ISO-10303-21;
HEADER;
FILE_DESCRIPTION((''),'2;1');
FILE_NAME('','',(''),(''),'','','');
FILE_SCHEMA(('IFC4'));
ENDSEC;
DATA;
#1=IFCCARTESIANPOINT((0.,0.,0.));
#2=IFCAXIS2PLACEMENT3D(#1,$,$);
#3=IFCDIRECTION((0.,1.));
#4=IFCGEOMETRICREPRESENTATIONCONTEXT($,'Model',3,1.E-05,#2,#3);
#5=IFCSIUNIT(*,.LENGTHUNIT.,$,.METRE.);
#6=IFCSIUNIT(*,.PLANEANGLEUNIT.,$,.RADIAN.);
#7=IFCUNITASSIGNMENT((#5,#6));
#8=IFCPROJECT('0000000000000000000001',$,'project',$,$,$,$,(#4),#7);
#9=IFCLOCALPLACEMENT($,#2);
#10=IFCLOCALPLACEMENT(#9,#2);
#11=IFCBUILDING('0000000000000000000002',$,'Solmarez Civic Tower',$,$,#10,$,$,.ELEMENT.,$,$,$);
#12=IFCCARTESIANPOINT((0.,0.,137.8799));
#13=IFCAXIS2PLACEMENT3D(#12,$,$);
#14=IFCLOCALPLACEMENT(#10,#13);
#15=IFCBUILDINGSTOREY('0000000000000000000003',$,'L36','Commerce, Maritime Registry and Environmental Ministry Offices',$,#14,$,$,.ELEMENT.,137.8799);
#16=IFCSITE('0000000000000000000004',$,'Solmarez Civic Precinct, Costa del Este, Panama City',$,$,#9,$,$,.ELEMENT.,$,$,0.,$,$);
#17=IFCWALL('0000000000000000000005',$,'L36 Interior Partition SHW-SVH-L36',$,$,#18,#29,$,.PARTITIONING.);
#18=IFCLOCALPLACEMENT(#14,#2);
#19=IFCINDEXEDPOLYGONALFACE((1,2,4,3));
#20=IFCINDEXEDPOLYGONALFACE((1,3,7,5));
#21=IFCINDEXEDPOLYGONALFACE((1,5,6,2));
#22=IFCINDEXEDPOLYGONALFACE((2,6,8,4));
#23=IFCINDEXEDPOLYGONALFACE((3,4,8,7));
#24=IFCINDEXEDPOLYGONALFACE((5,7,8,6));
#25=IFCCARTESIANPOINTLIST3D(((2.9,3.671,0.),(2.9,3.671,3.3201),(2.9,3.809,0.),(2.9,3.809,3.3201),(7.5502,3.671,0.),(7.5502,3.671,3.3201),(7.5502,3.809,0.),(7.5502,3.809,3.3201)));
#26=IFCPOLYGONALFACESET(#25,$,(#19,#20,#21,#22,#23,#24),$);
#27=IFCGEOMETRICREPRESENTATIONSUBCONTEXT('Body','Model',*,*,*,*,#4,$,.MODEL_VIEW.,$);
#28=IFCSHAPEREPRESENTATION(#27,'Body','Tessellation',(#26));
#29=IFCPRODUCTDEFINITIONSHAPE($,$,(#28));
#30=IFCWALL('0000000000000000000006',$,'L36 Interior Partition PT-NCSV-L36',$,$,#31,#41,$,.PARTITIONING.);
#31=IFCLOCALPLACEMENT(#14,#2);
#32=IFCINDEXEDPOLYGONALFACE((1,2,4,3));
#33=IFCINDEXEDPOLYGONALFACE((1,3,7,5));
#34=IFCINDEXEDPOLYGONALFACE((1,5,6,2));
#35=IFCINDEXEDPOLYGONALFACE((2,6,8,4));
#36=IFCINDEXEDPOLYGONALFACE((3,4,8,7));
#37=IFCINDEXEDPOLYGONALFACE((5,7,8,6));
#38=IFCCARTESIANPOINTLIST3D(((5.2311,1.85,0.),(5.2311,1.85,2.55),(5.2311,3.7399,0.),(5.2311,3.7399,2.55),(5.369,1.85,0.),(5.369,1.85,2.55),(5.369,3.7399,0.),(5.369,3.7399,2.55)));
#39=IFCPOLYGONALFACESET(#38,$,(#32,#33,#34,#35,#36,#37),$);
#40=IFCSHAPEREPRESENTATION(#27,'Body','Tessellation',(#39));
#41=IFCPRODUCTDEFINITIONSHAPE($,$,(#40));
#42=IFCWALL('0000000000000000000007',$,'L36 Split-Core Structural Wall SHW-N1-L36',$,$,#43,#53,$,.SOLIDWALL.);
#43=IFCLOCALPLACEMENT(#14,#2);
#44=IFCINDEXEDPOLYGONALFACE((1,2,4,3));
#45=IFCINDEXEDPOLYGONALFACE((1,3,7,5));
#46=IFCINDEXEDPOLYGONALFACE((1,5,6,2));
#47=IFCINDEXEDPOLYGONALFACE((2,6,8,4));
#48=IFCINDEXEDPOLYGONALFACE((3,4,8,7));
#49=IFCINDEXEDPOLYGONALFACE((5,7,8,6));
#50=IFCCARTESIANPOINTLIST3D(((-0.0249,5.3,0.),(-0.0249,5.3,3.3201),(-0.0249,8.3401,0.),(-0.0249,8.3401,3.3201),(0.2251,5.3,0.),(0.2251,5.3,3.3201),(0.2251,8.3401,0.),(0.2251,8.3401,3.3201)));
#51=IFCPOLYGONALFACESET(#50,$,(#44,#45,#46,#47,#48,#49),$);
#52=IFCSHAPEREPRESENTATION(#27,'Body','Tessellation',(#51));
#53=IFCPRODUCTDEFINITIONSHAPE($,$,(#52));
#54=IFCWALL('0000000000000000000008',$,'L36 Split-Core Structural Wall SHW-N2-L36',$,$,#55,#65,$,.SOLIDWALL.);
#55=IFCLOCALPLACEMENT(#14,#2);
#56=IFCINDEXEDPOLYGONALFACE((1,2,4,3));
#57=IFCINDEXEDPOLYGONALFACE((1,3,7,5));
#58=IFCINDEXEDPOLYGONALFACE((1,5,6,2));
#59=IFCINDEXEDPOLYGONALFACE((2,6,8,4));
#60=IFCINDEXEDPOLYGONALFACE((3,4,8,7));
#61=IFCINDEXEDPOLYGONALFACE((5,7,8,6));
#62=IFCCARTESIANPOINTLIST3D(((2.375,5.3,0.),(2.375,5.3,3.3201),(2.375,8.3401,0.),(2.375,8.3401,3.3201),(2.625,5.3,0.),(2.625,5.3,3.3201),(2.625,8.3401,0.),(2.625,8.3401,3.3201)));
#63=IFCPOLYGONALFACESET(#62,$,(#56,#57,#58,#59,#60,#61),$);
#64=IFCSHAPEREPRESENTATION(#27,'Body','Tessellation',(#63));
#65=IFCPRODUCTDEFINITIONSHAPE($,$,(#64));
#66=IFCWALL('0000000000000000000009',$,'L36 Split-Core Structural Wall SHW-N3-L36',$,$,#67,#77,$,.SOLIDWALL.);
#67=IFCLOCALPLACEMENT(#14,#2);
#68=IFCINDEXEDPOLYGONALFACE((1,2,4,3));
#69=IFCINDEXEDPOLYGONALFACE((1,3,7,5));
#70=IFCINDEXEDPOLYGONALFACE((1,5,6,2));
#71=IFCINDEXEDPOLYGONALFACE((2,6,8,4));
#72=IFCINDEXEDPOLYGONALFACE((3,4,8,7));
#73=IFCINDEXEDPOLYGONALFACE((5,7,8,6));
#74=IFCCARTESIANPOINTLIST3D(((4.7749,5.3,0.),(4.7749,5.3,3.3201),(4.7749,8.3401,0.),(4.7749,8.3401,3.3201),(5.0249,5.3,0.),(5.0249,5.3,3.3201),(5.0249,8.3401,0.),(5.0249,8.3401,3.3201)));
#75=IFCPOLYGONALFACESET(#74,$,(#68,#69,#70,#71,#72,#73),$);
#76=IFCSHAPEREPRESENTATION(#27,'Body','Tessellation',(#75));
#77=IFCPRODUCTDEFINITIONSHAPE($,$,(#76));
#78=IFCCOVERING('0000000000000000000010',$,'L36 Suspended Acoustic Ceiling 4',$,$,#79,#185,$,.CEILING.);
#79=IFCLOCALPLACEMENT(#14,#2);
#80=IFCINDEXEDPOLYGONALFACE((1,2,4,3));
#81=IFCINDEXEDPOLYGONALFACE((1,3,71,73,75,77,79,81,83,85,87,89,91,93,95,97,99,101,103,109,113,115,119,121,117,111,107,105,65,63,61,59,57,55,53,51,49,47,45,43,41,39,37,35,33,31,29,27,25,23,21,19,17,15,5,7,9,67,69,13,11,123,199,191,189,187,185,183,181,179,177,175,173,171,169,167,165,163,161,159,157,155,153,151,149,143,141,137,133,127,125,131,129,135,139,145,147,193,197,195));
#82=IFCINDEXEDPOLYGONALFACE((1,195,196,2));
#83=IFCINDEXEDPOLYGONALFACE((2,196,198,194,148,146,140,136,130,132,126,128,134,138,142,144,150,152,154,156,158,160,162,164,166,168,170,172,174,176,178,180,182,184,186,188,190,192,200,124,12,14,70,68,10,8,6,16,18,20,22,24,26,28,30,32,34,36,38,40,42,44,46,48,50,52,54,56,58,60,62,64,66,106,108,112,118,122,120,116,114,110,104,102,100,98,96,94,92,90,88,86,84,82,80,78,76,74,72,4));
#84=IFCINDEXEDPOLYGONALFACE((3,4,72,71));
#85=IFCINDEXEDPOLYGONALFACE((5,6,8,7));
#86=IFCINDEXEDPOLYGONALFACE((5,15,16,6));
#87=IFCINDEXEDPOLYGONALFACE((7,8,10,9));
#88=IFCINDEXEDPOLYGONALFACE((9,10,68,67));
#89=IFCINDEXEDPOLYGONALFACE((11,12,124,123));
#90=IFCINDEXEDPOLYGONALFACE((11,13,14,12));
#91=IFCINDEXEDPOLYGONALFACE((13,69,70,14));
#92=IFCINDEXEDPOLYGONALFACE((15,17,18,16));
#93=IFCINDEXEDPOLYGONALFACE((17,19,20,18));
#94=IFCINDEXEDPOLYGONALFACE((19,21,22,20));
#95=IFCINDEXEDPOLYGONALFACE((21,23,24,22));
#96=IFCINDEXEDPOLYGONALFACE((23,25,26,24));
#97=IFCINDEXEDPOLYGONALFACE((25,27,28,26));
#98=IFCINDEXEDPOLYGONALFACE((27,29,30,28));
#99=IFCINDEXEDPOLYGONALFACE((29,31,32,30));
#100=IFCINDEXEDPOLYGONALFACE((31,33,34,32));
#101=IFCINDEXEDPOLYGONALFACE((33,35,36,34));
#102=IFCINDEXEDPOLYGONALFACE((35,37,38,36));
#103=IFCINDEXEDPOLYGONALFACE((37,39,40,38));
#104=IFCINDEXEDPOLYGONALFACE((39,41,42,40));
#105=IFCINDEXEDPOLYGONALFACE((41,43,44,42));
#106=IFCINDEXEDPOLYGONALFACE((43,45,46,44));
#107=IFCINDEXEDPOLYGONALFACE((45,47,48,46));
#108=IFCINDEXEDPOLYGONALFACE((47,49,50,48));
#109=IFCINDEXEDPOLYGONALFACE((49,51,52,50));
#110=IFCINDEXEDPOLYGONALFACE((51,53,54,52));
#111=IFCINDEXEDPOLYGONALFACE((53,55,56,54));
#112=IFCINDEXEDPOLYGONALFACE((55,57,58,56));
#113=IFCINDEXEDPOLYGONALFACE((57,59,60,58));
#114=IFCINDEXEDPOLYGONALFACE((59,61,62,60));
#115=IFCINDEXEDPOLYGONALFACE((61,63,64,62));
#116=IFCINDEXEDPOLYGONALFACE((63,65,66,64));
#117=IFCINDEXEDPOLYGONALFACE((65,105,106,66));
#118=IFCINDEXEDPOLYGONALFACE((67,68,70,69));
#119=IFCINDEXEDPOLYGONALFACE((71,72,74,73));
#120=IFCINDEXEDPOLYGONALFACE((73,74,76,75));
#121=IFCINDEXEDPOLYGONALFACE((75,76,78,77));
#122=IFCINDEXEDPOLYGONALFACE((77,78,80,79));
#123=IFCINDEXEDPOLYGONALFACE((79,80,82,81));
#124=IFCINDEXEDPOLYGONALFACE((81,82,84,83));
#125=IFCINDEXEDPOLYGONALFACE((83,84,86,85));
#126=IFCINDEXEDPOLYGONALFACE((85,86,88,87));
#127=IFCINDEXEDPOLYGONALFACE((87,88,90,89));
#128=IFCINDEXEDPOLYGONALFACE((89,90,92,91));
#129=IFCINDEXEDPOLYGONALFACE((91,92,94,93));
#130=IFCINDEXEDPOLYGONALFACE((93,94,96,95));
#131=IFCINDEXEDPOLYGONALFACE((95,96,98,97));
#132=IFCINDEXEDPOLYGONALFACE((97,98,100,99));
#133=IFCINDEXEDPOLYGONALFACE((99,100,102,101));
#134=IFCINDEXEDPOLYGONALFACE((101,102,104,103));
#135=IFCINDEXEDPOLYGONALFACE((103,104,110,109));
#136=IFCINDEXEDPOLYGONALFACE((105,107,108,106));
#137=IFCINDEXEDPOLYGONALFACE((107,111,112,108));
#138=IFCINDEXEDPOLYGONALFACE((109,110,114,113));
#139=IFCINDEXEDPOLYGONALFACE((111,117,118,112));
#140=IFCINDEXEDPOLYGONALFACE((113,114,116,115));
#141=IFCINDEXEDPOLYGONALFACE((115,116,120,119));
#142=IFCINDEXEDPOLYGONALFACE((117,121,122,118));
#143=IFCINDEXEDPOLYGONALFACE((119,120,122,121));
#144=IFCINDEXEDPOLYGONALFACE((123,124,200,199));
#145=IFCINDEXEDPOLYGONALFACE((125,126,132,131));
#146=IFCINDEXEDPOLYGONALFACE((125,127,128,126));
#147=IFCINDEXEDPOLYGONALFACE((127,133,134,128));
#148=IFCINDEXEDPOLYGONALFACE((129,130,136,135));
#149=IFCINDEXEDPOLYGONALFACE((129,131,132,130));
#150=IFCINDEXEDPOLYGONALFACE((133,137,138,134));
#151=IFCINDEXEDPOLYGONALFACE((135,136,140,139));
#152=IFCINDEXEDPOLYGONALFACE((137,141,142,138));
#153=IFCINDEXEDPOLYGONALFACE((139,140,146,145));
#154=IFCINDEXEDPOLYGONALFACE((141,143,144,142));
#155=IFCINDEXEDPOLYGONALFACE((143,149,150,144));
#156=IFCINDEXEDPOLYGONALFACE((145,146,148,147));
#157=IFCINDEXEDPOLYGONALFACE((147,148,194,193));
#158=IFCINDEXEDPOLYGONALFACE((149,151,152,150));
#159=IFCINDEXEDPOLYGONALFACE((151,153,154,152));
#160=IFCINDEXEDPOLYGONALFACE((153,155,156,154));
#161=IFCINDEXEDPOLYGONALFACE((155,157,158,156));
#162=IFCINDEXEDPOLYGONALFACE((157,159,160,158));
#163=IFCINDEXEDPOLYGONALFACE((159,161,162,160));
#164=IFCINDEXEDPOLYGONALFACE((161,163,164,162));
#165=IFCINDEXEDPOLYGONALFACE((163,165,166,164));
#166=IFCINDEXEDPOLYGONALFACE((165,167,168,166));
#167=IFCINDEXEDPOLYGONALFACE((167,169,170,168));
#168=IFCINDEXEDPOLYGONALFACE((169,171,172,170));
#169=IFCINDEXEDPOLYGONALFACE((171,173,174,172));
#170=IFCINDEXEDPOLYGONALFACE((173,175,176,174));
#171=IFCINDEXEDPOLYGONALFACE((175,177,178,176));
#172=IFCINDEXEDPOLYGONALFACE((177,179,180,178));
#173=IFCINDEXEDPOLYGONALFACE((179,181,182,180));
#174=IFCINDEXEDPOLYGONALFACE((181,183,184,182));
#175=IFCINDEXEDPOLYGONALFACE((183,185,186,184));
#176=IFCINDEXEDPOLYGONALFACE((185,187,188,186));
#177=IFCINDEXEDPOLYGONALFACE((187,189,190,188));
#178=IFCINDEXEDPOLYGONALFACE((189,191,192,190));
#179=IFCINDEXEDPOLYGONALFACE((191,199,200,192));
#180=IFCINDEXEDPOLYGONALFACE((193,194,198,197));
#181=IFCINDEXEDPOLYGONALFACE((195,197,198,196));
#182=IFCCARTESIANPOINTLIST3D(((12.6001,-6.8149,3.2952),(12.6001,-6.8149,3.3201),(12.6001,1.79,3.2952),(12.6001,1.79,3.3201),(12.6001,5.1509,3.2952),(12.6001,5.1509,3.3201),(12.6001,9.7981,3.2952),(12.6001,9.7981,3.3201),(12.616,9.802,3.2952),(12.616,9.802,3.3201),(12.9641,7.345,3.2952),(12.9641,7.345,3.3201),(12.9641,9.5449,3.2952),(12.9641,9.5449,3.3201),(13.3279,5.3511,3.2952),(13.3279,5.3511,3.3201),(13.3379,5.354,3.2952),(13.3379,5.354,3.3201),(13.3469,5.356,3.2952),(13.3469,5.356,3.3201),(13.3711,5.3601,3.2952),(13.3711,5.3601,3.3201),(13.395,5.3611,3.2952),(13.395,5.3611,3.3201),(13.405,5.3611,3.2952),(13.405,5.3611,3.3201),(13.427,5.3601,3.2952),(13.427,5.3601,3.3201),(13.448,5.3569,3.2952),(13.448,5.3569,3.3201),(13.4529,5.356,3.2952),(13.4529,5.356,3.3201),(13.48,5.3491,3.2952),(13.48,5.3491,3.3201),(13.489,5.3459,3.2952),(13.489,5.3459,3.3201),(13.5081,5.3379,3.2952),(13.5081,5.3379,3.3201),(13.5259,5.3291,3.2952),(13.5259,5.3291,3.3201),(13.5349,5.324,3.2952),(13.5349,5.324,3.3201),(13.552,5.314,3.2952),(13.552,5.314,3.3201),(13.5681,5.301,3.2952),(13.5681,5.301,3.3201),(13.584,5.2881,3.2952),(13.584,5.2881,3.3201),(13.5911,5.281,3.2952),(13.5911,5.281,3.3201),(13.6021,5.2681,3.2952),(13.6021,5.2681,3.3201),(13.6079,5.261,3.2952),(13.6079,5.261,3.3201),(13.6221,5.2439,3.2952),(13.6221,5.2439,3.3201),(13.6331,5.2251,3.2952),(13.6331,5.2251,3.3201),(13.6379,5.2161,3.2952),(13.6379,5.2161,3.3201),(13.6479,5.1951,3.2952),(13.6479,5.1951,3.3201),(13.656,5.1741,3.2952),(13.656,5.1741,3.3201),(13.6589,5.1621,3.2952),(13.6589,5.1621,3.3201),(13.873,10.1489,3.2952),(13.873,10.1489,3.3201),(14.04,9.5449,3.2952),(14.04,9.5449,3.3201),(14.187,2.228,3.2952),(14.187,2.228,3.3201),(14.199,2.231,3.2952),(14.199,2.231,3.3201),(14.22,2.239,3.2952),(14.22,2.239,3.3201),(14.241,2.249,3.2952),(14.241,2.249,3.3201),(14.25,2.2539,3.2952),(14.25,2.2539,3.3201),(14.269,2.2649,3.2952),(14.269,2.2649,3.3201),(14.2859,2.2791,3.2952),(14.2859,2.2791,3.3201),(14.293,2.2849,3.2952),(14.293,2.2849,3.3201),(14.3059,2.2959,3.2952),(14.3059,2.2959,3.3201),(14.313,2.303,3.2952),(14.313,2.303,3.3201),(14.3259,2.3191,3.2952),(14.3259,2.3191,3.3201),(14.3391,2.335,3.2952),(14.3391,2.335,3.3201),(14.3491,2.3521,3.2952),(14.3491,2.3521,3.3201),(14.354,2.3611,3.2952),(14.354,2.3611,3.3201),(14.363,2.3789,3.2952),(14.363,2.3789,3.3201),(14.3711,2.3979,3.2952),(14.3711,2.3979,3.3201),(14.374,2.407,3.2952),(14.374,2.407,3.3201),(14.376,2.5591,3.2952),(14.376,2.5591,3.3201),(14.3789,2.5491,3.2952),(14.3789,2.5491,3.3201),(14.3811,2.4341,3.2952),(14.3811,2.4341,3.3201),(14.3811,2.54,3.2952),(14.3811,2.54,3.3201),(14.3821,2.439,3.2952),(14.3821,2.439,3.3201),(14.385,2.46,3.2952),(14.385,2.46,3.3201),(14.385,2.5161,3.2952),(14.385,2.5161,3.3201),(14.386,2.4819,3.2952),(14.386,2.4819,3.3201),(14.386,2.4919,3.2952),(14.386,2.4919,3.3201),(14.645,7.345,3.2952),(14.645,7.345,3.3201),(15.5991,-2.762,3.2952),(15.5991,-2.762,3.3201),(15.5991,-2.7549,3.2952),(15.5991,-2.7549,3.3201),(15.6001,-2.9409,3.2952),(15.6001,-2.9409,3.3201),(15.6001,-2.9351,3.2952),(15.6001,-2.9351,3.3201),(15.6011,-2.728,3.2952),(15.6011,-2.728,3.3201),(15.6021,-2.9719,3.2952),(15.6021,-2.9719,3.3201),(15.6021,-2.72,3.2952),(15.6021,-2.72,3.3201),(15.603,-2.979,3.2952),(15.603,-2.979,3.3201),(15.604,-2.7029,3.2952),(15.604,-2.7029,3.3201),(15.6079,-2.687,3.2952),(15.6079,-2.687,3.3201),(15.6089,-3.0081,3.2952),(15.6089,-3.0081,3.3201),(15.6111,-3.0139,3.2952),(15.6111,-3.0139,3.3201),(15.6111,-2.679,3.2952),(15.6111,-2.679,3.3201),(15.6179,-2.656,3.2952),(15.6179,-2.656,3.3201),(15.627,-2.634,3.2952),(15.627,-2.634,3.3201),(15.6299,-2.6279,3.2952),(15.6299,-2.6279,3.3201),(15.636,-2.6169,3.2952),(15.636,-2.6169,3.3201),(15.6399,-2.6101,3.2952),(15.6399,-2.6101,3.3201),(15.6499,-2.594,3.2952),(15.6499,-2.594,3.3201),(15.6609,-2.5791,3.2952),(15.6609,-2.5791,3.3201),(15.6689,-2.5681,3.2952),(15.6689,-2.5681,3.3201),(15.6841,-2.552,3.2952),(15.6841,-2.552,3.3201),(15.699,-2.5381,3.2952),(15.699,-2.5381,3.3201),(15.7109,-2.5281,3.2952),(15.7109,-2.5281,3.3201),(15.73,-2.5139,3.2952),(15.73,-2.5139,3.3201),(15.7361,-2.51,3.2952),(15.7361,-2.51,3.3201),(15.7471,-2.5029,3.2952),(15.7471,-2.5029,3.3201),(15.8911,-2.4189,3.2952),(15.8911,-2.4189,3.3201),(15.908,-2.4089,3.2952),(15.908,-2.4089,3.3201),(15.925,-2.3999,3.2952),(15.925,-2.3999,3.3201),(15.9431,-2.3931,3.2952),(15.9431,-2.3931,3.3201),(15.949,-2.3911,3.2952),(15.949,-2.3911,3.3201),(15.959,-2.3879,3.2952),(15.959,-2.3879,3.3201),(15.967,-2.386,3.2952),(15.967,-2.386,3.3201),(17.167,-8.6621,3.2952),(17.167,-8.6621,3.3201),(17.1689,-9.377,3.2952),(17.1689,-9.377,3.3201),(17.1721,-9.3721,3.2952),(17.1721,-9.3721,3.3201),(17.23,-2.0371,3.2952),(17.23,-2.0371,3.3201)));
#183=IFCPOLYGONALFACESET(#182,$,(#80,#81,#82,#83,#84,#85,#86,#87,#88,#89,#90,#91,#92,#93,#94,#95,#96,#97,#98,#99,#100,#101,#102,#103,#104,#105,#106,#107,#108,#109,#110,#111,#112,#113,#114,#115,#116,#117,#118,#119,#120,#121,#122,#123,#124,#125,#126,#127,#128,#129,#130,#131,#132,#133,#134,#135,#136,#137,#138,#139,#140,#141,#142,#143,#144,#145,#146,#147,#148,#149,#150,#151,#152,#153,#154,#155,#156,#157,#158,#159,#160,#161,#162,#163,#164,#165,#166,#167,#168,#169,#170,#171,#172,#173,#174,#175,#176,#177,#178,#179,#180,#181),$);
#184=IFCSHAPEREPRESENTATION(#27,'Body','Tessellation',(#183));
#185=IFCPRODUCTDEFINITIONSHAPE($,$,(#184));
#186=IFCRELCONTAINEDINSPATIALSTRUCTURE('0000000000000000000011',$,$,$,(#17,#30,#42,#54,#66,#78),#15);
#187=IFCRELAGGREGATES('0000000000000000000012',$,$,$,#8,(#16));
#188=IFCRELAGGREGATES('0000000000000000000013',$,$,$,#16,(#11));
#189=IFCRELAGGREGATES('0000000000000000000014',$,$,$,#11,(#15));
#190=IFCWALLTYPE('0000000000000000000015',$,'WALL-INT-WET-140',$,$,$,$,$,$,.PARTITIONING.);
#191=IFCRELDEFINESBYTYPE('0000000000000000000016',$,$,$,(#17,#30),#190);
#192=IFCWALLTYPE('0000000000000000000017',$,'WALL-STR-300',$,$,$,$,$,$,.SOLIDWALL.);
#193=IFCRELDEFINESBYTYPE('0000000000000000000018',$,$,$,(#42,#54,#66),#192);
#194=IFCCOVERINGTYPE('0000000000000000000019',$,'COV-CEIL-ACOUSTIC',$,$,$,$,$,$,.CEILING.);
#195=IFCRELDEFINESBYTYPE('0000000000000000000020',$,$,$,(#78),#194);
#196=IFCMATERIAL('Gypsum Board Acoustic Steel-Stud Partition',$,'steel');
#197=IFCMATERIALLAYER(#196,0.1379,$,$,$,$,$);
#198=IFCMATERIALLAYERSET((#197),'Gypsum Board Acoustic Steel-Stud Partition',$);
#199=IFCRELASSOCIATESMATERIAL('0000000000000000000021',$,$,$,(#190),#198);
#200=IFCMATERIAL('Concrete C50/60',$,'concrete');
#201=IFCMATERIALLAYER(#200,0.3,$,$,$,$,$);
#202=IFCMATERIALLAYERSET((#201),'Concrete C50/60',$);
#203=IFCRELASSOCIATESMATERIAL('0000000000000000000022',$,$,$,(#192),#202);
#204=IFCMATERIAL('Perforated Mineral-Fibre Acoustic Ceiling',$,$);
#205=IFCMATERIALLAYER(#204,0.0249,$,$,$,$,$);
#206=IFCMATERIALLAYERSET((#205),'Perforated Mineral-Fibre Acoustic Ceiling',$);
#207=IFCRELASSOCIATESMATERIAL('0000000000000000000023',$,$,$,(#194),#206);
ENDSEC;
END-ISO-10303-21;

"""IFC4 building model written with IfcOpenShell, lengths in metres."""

from ifc_helpers import new_model, si_unit, direction, frame, frame_2d, origin, place, context, subcontext, project, spatial, polyline, rectangle, outline, extrude, material, layer, layer_set, type_object, element, save


model = new_model("IFC4")

# Units and contexts
model_context = context("Model", 3, precision=1e-05, world=origin(), true_north=direction((0.0, 1.0)))
body_context = subcontext(model_context, "Body", "Model", "MODEL_VIEW")
ifc_project = project(units=[si_unit("LENGTHUNIT", "METRE"), si_unit("PLANEANGLEUNIT", "RADIAN")], contexts=[model_context])

# Site, building, storey
site_placement = place(None, origin())
site = spatial("IfcSite", under=ifc_project, at=site_placement, Name="Solmarez Civic Precinct, Costa del Este, Panama City", CompositionType="ELEMENT", RefElevation=0.0)
building_placement = place(site_placement, origin())
building = spatial("IfcBuilding", under=site, at=building_placement, Name="Solmarez Civic Tower", CompositionType="ELEMENT")
storey_placement = place(building_placement, frame((0.0, 0.0, 137.8799)))
storey = spatial("IfcBuildingStorey", under=building, at=storey_placement, Name="L36", Description="Commerce, Maritime Registry and Environmental Ministry Offices", CompositionType="ELEMENT", Elevation=137.8799)

# Shared definitions
ifc_material_1 = material(Name="Concrete C50/60", Category="concrete")

# Shared definitions
ifc_material_2 = material(Name="Gypsum Board Acoustic Steel-Stud Partition", Category="steel")

# Walls
ifc_layer_1 = layer(ifc_material_2, 0.1379)
ifc_layer_set_1 = layer_set([ifc_layer_1], Name="Gypsum Board Acoustic Steel-Stud Partition")
wall_type_1 = type_object("IfcWallType", Name="WALL-INT-WET-140", PredefinedType="PARTITIONING", material=ifc_layer_set_1)
wall_1_placement = place(storey_placement, frame((2.8999, 3.74, 0.0), z_axis=(0.0, 0.0, 1.0), x_axis=(1.0, 0.0, 0.0)))
element("IfcWall", 1, at=wall_1_placement, inside=storey, type_object=wall_type_1, Name="L36 Interior Partition SHW-SVH-L36", PredefinedType="PARTITIONING", context=body_context, shape_type="SweptSolid", body=[
    extrude(rectangle(XDim=4.6501, YDim=0.1379, at=frame_2d((2.3252, 0.0))), origin(), (0.0, 0.0, 1.0), 3.3201),
])
wall_2_placement = place(storey_placement, frame((5.3, 1.8501, 0.0), z_axis=(0.0, 0.0, 1.0), x_axis=(0.0, 1.0, 0.0)))
element("IfcWall", 2, at=wall_2_placement, inside=storey, type_object=wall_type_1, Name="L36 Interior Partition PT-NCSV-L36", PredefinedType="PARTITIONING", context=body_context, shape_type="SweptSolid", body=[
    extrude(rectangle(XDim=1.8899, YDim=0.1379, at=frame_2d((0.9448, 0.0))), origin(), (0.0, 0.0, 1.0), 2.55),
])

# Shared definitions
ifc_layer_2 = layer(ifc_material_1, 0.3)
ifc_layer_set_2 = layer_set([ifc_layer_2], Name="Concrete C50/60")
wall_type_2 = type_object("IfcWallType", Name="WALL-STR-300", PredefinedType="SOLIDWALL", material=ifc_layer_set_2)

# Walls
for number, where, z_axis, x_axis, name in (
    (3, (0.1001, 5.3, 0.0), (0.0, 0.0, 1.0), (0.0, 1.0, 0.0), "L36 Split-Core Structural Wall SHW-N1-L36"),
    (4, (2.5, 5.3, 0.0), (0.0, 0.0, 1.0), (0.0, 1.0, 0.0), "L36 Split-Core Structural Wall SHW-N2-L36"),
    (5, (4.8999, 5.3, 0.0), (0.0, 0.0, 1.0), (0.0, 1.0, 0.0), "L36 Split-Core Structural Wall SHW-N3-L36"),
):
    element("IfcWall", number, at=place(storey_placement, frame(where, z_axis=z_axis, x_axis=x_axis)), inside=storey, type_object=wall_type_2, Name=name, PredefinedType="SOLIDWALL", context=body_context, shape_type="SweptSolid", body=[
        extrude(rectangle(XDim=3.04, YDim=0.25, at=frame_2d((1.52, 0.0))), origin(), (0.0, 0.0, 1.0), 3.3201),
    ])

# Covering
ifc_material_3 = material(Name="Perforated Mineral-Fibre Acoustic Ceiling")
ifc_layer_3 = layer(ifc_material_3, 0.0249)
ifc_layer_set_3 = layer_set([ifc_layer_3], Name="Perforated Mineral-Fibre Acoustic Ceiling")
covering_type_1 = type_object("IfcCoveringType", Name="COV-CEIL-ACOUSTIC", PredefinedType="CEILING", material=ifc_layer_set_3)
covering_1_placement = place(storey_placement, frame((0.0, 0.0, 3.2952)))
element("IfcCovering", 6, at=covering_1_placement, inside=storey, type_object=covering_type_1, Name="L36 Suspended Acoustic Ceiling 4", PredefinedType="CEILING", context=body_context, shape_type="SweptSolid", body=[
    extrude(outline(polyline([(13.6589, 5.1621), (14.376, 2.5591), (14.3789, 2.5491), (14.3811, 2.54), (14.385, 2.5161), (14.386, 2.4919), (14.386, 2.4819), (14.385, 2.46), (14.3821, 2.439), (14.3811, 2.4341), (14.374, 2.407), (14.3711, 2.3979), (14.363, 2.3789), (14.354, 2.3611), (14.3491, 2.3521), (14.3391, 2.335), (14.3259, 2.3191), (14.313, 2.303), (14.3059, 2.2959), (14.293, 2.2849), (14.2859, 2.2791), (14.269, 2.2649), (14.25, 2.2539), (14.241, 2.249), (14.22, 2.239), (14.199, 2.231), (14.187, 2.228), (12.6001, 1.79), (12.6001, -6.8149), (17.1689, -9.377), (17.1721, -9.3721), (17.167, -8.6621), (15.6111, -3.0139), (15.6089, -3.0081), (15.603, -2.979), (15.6021, -2.9719), (15.6001, -2.9409), (15.6001, -2.9351), (15.5991, -2.762), (15.5991, -2.7549), (15.6011, -2.728), (15.6021, -2.72), (15.604, -2.7029), (15.6079, -2.687), (15.6111, -2.679), (15.6179, -2.656), (15.627, -2.634), (15.6299, -2.6279), (15.636, -2.6169), (15.6399, -2.6101), (15.6499, -2.594), (15.6609, -2.5791), (15.6689, -2.5681), (15.6841, -2.552), (15.699, -2.5381), (15.7109, -2.5281), (15.73, -2.5139), (15.7361, -2.51), (15.7471, -2.5029), (15.8911, -2.4189), (15.908, -2.4089), (15.925, -2.3999), (15.9431, -2.3931), (15.949, -2.3911), (15.959, -2.3879), (15.967, -2.386), (17.23, -2.0371), (14.645, 7.345), (12.9641, 7.345), (12.9641, 9.5449), (14.04, 9.5449), (13.873, 10.1489), (12.616, 9.802), (12.6001, 9.7981), (12.6001, 5.1509), (13.3279, 5.3511), (13.3379, 5.354), (13.3469, 5.356), (13.3711, 5.3601), (13.395, 5.3611), (13.405, 5.3611), (13.427, 5.3601), (13.448, 5.3569), (13.4529, 5.356), (13.48, 5.3491), (13.489, 5.3459), (13.5081, 5.3379), (13.5259, 5.3291), (13.5349, 5.324), (13.552, 5.314), (13.5681, 5.301), (13.584, 5.2881), (13.5911, 5.281), (13.6021, 5.2681), (13.6079, 5.261), (13.6221, 5.2439), (13.6331, 5.2251), (13.6379, 5.2161), (13.6479, 5.1951), (13.656, 5.1741), (13.6589, 5.1621)])), origin(), (0.0, 0.0, 1.0), 0.0249),
])

save(model, "model.ifc")
